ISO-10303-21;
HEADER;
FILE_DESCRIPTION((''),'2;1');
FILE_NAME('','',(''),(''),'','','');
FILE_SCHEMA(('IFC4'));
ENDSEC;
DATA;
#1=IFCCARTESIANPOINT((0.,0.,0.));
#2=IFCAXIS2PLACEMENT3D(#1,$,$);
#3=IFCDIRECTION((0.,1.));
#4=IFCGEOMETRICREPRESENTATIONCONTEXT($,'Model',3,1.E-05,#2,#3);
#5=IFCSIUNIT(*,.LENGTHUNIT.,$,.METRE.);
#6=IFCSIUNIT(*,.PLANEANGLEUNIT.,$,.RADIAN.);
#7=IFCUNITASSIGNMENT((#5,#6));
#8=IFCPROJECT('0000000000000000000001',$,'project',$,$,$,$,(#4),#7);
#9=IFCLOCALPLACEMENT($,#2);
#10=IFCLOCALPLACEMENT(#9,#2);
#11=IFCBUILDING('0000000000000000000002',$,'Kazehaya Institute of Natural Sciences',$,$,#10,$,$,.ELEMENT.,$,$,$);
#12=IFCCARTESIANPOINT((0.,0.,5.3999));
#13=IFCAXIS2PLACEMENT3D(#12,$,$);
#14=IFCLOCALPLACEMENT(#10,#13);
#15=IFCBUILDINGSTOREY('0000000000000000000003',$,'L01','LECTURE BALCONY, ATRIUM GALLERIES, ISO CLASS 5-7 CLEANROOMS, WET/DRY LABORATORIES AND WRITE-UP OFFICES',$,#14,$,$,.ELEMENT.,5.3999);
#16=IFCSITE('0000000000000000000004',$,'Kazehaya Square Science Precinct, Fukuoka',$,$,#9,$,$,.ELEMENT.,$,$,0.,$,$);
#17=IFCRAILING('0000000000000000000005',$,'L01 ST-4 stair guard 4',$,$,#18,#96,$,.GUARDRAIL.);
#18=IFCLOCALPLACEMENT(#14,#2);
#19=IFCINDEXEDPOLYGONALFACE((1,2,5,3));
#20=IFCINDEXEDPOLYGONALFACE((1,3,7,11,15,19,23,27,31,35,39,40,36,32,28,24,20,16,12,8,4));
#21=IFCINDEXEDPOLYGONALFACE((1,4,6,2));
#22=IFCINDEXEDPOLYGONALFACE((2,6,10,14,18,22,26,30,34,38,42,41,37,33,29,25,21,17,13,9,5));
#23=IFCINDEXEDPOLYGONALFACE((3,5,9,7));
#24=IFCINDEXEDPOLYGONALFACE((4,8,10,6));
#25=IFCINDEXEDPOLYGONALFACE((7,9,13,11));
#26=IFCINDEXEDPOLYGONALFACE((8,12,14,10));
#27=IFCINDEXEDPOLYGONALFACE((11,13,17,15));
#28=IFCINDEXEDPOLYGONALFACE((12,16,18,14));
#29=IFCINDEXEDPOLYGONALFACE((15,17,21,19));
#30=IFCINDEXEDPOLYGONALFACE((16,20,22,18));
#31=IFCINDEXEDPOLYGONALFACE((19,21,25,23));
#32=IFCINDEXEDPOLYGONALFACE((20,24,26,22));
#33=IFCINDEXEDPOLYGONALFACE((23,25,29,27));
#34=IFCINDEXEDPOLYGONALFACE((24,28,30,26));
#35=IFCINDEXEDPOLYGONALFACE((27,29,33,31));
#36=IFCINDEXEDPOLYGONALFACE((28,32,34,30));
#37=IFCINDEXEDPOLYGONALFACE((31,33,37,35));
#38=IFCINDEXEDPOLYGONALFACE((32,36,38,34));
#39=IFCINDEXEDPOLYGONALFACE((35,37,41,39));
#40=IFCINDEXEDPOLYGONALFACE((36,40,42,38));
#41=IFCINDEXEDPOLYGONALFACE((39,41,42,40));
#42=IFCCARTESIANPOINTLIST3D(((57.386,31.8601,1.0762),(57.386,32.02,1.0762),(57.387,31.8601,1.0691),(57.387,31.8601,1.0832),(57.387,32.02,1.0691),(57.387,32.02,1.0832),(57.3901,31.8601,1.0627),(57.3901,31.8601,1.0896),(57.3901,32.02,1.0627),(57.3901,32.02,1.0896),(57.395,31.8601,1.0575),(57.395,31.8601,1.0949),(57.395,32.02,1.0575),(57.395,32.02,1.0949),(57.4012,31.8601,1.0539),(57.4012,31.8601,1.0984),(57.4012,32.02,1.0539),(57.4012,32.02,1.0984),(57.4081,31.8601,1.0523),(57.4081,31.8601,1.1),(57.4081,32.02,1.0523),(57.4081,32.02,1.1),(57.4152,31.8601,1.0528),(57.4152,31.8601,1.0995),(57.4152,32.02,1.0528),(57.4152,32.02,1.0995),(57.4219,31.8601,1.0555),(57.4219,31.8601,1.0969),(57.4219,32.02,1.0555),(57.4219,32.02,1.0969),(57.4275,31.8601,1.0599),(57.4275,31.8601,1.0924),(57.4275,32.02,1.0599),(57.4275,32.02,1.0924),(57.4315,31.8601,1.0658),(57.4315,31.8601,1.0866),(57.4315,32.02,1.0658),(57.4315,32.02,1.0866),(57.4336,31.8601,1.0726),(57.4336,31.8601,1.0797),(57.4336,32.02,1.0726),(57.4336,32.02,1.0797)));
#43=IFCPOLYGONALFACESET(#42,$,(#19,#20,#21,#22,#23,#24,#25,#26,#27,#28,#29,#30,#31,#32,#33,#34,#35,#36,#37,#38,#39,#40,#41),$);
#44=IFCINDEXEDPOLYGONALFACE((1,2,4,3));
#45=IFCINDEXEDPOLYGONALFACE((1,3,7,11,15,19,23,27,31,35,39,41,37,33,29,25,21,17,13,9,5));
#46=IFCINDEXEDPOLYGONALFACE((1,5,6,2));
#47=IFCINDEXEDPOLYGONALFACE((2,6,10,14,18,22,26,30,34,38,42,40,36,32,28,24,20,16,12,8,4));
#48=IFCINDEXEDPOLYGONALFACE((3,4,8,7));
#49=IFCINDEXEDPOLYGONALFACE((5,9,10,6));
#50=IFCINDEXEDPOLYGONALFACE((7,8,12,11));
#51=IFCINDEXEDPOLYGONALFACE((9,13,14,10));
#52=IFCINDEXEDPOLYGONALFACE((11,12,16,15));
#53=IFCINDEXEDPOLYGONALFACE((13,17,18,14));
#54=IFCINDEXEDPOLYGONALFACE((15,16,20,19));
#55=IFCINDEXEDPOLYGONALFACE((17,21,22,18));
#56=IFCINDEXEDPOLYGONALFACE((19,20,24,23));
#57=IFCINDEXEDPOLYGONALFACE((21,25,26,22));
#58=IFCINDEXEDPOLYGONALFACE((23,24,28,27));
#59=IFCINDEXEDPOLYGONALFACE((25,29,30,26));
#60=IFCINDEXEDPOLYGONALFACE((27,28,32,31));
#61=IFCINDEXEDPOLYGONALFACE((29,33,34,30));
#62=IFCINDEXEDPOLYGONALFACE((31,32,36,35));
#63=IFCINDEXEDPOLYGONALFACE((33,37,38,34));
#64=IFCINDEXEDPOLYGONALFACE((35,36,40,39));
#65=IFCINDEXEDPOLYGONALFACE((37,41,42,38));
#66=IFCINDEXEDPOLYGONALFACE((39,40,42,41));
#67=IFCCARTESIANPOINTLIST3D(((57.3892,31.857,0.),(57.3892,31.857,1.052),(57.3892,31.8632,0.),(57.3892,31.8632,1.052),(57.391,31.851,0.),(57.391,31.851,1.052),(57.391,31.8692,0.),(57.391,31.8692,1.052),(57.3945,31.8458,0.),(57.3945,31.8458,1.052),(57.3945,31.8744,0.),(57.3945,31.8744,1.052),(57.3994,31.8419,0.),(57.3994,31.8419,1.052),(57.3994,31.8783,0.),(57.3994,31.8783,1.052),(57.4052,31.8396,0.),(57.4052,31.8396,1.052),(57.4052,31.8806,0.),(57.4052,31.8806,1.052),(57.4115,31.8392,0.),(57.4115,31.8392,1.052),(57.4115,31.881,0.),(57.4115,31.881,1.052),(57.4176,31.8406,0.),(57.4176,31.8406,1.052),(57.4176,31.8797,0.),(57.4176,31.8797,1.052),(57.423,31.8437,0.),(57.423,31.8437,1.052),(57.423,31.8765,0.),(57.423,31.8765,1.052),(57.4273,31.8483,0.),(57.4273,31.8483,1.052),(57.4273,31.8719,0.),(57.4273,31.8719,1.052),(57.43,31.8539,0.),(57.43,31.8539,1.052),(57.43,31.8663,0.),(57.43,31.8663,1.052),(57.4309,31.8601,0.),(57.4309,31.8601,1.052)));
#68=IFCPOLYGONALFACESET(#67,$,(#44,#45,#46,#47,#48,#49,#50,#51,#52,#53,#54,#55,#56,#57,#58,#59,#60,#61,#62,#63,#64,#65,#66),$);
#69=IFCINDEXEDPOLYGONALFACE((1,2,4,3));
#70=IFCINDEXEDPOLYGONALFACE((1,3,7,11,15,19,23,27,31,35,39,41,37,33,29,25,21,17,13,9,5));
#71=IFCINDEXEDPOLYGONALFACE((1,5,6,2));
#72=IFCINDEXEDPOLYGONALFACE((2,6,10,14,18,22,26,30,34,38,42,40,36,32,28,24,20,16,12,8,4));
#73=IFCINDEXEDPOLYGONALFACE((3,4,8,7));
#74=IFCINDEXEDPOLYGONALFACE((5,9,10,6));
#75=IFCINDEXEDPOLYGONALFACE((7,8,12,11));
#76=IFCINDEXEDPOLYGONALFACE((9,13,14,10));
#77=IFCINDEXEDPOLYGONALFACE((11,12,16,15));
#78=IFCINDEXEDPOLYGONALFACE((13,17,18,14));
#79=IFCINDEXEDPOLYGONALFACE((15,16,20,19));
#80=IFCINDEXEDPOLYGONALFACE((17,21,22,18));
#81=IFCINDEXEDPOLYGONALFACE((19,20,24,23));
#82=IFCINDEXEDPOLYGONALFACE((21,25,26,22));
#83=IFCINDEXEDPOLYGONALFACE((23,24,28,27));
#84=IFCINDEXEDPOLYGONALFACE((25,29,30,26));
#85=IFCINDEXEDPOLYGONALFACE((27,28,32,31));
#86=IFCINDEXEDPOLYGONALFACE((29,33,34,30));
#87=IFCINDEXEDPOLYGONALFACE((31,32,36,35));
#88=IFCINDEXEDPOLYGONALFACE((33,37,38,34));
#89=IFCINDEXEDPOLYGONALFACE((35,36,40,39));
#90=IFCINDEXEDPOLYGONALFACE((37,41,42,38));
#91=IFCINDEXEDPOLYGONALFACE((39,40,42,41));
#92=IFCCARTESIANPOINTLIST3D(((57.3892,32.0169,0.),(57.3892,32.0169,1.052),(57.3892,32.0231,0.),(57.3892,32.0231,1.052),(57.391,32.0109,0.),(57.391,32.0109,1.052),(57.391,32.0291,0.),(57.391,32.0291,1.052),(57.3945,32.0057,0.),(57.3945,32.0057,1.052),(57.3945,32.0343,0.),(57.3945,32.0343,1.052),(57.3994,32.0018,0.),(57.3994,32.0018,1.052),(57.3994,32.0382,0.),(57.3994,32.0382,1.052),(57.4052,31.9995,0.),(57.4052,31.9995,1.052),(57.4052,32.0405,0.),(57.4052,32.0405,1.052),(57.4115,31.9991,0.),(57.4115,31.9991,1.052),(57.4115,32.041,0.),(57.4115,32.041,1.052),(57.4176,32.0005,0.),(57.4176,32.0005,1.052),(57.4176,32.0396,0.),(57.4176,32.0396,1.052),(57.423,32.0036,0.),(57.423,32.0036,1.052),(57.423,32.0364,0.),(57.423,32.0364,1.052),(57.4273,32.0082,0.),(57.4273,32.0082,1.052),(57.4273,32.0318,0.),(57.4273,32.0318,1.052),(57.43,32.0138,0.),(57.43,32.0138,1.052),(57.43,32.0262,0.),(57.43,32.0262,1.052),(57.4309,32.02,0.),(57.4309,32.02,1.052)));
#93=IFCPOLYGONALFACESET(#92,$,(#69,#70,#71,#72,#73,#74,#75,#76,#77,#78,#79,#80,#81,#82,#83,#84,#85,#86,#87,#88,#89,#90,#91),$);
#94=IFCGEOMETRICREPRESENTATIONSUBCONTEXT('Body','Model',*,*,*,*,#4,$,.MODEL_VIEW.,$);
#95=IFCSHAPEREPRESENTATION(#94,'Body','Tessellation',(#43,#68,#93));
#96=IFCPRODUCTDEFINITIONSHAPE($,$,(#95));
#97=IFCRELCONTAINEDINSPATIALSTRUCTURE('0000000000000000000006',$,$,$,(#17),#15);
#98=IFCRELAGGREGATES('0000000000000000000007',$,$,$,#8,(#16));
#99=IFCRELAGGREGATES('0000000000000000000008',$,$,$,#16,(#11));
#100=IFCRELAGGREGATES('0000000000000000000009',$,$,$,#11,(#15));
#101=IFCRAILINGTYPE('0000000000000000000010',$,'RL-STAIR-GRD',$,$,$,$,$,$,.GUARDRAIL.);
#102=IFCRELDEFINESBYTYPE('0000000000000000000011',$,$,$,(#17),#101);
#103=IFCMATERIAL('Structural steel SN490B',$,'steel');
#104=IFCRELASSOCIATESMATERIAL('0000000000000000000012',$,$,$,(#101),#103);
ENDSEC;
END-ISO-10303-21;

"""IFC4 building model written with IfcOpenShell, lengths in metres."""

from ifc_helpers import new_model, si_unit, direction, frame, origin, origin_2d, place, context, subcontext, project, spatial, circle, extrude, material, type_object, element, save


model = new_model("IFC4")

# Units and contexts
model_context = context("Model", 3, precision=1e-05, world=origin(), true_north=direction((0.0, 1.0)))
body_context = subcontext(model_context, "Body", "Model", "MODEL_VIEW")
ifc_project = project(units=[si_unit("LENGTHUNIT", "METRE"), si_unit("PLANEANGLEUNIT", "RADIAN")], contexts=[model_context])

# Site, building, storey
site_placement = place(None, origin())
site = spatial("IfcSite", under=ifc_project, at=site_placement, Name="Kazehaya Square Science Precinct, Fukuoka", CompositionType="ELEMENT", RefElevation=0.0)
building_placement = place(site_placement, origin())
building = spatial("IfcBuilding", under=site, at=building_placement, Name="Kazehaya Institute of Natural Sciences", CompositionType="ELEMENT")
storey_placement = place(building_placement, frame((0.0, 0.0, 5.3999)))
storey = spatial("IfcBuildingStorey", under=building, at=storey_placement, Name="L01", Description="LECTURE BALCONY, ATRIUM GALLERIES, ISO CLASS 5-7 CLEANROOMS, WET/DRY LABORATORIES AND WRITE-UP OFFICES", CompositionType="ELEMENT", Elevation=5.3999)

# Railing
ifc_material_1 = material(Name="Structural steel SN490B", Category="steel")
railing_type_1 = type_object("IfcRailingType", Name="RL-STAIR-GRD", PredefinedType="GUARDRAIL", material=ifc_material_1)
railing_1_placement = place(storey_placement, frame((57.4099, 31.8601, 0.0)))
element("IfcRailing", 1, at=railing_1_placement, inside=storey, type_object=railing_type_1, Name="L01 ST-4 stair guard 4", PredefinedType="GUARDRAIL", context=body_context, shape_type="SweptSolid", body=[
    extrude(circle(Radius=0.0239, at=origin_2d()), frame((0.0, 0.0, 1.0762), z_axis=(0.0, 1.0, 0.0), x_axis=(-1.0, 0.0, 0.0)), (0.0, 0.0, 1.0), 0.1599),
    extrude(circle(Radius=0.021, at=origin_2d()), origin(), (0.0, 0.0, 1.0), 1.052),
    extrude(circle(Radius=0.021, at=origin_2d()), frame((0.0, 0.1599, 0.0)), (0.0, 0.0, 1.0), 1.052),
])

save(model, "model.ifc")
